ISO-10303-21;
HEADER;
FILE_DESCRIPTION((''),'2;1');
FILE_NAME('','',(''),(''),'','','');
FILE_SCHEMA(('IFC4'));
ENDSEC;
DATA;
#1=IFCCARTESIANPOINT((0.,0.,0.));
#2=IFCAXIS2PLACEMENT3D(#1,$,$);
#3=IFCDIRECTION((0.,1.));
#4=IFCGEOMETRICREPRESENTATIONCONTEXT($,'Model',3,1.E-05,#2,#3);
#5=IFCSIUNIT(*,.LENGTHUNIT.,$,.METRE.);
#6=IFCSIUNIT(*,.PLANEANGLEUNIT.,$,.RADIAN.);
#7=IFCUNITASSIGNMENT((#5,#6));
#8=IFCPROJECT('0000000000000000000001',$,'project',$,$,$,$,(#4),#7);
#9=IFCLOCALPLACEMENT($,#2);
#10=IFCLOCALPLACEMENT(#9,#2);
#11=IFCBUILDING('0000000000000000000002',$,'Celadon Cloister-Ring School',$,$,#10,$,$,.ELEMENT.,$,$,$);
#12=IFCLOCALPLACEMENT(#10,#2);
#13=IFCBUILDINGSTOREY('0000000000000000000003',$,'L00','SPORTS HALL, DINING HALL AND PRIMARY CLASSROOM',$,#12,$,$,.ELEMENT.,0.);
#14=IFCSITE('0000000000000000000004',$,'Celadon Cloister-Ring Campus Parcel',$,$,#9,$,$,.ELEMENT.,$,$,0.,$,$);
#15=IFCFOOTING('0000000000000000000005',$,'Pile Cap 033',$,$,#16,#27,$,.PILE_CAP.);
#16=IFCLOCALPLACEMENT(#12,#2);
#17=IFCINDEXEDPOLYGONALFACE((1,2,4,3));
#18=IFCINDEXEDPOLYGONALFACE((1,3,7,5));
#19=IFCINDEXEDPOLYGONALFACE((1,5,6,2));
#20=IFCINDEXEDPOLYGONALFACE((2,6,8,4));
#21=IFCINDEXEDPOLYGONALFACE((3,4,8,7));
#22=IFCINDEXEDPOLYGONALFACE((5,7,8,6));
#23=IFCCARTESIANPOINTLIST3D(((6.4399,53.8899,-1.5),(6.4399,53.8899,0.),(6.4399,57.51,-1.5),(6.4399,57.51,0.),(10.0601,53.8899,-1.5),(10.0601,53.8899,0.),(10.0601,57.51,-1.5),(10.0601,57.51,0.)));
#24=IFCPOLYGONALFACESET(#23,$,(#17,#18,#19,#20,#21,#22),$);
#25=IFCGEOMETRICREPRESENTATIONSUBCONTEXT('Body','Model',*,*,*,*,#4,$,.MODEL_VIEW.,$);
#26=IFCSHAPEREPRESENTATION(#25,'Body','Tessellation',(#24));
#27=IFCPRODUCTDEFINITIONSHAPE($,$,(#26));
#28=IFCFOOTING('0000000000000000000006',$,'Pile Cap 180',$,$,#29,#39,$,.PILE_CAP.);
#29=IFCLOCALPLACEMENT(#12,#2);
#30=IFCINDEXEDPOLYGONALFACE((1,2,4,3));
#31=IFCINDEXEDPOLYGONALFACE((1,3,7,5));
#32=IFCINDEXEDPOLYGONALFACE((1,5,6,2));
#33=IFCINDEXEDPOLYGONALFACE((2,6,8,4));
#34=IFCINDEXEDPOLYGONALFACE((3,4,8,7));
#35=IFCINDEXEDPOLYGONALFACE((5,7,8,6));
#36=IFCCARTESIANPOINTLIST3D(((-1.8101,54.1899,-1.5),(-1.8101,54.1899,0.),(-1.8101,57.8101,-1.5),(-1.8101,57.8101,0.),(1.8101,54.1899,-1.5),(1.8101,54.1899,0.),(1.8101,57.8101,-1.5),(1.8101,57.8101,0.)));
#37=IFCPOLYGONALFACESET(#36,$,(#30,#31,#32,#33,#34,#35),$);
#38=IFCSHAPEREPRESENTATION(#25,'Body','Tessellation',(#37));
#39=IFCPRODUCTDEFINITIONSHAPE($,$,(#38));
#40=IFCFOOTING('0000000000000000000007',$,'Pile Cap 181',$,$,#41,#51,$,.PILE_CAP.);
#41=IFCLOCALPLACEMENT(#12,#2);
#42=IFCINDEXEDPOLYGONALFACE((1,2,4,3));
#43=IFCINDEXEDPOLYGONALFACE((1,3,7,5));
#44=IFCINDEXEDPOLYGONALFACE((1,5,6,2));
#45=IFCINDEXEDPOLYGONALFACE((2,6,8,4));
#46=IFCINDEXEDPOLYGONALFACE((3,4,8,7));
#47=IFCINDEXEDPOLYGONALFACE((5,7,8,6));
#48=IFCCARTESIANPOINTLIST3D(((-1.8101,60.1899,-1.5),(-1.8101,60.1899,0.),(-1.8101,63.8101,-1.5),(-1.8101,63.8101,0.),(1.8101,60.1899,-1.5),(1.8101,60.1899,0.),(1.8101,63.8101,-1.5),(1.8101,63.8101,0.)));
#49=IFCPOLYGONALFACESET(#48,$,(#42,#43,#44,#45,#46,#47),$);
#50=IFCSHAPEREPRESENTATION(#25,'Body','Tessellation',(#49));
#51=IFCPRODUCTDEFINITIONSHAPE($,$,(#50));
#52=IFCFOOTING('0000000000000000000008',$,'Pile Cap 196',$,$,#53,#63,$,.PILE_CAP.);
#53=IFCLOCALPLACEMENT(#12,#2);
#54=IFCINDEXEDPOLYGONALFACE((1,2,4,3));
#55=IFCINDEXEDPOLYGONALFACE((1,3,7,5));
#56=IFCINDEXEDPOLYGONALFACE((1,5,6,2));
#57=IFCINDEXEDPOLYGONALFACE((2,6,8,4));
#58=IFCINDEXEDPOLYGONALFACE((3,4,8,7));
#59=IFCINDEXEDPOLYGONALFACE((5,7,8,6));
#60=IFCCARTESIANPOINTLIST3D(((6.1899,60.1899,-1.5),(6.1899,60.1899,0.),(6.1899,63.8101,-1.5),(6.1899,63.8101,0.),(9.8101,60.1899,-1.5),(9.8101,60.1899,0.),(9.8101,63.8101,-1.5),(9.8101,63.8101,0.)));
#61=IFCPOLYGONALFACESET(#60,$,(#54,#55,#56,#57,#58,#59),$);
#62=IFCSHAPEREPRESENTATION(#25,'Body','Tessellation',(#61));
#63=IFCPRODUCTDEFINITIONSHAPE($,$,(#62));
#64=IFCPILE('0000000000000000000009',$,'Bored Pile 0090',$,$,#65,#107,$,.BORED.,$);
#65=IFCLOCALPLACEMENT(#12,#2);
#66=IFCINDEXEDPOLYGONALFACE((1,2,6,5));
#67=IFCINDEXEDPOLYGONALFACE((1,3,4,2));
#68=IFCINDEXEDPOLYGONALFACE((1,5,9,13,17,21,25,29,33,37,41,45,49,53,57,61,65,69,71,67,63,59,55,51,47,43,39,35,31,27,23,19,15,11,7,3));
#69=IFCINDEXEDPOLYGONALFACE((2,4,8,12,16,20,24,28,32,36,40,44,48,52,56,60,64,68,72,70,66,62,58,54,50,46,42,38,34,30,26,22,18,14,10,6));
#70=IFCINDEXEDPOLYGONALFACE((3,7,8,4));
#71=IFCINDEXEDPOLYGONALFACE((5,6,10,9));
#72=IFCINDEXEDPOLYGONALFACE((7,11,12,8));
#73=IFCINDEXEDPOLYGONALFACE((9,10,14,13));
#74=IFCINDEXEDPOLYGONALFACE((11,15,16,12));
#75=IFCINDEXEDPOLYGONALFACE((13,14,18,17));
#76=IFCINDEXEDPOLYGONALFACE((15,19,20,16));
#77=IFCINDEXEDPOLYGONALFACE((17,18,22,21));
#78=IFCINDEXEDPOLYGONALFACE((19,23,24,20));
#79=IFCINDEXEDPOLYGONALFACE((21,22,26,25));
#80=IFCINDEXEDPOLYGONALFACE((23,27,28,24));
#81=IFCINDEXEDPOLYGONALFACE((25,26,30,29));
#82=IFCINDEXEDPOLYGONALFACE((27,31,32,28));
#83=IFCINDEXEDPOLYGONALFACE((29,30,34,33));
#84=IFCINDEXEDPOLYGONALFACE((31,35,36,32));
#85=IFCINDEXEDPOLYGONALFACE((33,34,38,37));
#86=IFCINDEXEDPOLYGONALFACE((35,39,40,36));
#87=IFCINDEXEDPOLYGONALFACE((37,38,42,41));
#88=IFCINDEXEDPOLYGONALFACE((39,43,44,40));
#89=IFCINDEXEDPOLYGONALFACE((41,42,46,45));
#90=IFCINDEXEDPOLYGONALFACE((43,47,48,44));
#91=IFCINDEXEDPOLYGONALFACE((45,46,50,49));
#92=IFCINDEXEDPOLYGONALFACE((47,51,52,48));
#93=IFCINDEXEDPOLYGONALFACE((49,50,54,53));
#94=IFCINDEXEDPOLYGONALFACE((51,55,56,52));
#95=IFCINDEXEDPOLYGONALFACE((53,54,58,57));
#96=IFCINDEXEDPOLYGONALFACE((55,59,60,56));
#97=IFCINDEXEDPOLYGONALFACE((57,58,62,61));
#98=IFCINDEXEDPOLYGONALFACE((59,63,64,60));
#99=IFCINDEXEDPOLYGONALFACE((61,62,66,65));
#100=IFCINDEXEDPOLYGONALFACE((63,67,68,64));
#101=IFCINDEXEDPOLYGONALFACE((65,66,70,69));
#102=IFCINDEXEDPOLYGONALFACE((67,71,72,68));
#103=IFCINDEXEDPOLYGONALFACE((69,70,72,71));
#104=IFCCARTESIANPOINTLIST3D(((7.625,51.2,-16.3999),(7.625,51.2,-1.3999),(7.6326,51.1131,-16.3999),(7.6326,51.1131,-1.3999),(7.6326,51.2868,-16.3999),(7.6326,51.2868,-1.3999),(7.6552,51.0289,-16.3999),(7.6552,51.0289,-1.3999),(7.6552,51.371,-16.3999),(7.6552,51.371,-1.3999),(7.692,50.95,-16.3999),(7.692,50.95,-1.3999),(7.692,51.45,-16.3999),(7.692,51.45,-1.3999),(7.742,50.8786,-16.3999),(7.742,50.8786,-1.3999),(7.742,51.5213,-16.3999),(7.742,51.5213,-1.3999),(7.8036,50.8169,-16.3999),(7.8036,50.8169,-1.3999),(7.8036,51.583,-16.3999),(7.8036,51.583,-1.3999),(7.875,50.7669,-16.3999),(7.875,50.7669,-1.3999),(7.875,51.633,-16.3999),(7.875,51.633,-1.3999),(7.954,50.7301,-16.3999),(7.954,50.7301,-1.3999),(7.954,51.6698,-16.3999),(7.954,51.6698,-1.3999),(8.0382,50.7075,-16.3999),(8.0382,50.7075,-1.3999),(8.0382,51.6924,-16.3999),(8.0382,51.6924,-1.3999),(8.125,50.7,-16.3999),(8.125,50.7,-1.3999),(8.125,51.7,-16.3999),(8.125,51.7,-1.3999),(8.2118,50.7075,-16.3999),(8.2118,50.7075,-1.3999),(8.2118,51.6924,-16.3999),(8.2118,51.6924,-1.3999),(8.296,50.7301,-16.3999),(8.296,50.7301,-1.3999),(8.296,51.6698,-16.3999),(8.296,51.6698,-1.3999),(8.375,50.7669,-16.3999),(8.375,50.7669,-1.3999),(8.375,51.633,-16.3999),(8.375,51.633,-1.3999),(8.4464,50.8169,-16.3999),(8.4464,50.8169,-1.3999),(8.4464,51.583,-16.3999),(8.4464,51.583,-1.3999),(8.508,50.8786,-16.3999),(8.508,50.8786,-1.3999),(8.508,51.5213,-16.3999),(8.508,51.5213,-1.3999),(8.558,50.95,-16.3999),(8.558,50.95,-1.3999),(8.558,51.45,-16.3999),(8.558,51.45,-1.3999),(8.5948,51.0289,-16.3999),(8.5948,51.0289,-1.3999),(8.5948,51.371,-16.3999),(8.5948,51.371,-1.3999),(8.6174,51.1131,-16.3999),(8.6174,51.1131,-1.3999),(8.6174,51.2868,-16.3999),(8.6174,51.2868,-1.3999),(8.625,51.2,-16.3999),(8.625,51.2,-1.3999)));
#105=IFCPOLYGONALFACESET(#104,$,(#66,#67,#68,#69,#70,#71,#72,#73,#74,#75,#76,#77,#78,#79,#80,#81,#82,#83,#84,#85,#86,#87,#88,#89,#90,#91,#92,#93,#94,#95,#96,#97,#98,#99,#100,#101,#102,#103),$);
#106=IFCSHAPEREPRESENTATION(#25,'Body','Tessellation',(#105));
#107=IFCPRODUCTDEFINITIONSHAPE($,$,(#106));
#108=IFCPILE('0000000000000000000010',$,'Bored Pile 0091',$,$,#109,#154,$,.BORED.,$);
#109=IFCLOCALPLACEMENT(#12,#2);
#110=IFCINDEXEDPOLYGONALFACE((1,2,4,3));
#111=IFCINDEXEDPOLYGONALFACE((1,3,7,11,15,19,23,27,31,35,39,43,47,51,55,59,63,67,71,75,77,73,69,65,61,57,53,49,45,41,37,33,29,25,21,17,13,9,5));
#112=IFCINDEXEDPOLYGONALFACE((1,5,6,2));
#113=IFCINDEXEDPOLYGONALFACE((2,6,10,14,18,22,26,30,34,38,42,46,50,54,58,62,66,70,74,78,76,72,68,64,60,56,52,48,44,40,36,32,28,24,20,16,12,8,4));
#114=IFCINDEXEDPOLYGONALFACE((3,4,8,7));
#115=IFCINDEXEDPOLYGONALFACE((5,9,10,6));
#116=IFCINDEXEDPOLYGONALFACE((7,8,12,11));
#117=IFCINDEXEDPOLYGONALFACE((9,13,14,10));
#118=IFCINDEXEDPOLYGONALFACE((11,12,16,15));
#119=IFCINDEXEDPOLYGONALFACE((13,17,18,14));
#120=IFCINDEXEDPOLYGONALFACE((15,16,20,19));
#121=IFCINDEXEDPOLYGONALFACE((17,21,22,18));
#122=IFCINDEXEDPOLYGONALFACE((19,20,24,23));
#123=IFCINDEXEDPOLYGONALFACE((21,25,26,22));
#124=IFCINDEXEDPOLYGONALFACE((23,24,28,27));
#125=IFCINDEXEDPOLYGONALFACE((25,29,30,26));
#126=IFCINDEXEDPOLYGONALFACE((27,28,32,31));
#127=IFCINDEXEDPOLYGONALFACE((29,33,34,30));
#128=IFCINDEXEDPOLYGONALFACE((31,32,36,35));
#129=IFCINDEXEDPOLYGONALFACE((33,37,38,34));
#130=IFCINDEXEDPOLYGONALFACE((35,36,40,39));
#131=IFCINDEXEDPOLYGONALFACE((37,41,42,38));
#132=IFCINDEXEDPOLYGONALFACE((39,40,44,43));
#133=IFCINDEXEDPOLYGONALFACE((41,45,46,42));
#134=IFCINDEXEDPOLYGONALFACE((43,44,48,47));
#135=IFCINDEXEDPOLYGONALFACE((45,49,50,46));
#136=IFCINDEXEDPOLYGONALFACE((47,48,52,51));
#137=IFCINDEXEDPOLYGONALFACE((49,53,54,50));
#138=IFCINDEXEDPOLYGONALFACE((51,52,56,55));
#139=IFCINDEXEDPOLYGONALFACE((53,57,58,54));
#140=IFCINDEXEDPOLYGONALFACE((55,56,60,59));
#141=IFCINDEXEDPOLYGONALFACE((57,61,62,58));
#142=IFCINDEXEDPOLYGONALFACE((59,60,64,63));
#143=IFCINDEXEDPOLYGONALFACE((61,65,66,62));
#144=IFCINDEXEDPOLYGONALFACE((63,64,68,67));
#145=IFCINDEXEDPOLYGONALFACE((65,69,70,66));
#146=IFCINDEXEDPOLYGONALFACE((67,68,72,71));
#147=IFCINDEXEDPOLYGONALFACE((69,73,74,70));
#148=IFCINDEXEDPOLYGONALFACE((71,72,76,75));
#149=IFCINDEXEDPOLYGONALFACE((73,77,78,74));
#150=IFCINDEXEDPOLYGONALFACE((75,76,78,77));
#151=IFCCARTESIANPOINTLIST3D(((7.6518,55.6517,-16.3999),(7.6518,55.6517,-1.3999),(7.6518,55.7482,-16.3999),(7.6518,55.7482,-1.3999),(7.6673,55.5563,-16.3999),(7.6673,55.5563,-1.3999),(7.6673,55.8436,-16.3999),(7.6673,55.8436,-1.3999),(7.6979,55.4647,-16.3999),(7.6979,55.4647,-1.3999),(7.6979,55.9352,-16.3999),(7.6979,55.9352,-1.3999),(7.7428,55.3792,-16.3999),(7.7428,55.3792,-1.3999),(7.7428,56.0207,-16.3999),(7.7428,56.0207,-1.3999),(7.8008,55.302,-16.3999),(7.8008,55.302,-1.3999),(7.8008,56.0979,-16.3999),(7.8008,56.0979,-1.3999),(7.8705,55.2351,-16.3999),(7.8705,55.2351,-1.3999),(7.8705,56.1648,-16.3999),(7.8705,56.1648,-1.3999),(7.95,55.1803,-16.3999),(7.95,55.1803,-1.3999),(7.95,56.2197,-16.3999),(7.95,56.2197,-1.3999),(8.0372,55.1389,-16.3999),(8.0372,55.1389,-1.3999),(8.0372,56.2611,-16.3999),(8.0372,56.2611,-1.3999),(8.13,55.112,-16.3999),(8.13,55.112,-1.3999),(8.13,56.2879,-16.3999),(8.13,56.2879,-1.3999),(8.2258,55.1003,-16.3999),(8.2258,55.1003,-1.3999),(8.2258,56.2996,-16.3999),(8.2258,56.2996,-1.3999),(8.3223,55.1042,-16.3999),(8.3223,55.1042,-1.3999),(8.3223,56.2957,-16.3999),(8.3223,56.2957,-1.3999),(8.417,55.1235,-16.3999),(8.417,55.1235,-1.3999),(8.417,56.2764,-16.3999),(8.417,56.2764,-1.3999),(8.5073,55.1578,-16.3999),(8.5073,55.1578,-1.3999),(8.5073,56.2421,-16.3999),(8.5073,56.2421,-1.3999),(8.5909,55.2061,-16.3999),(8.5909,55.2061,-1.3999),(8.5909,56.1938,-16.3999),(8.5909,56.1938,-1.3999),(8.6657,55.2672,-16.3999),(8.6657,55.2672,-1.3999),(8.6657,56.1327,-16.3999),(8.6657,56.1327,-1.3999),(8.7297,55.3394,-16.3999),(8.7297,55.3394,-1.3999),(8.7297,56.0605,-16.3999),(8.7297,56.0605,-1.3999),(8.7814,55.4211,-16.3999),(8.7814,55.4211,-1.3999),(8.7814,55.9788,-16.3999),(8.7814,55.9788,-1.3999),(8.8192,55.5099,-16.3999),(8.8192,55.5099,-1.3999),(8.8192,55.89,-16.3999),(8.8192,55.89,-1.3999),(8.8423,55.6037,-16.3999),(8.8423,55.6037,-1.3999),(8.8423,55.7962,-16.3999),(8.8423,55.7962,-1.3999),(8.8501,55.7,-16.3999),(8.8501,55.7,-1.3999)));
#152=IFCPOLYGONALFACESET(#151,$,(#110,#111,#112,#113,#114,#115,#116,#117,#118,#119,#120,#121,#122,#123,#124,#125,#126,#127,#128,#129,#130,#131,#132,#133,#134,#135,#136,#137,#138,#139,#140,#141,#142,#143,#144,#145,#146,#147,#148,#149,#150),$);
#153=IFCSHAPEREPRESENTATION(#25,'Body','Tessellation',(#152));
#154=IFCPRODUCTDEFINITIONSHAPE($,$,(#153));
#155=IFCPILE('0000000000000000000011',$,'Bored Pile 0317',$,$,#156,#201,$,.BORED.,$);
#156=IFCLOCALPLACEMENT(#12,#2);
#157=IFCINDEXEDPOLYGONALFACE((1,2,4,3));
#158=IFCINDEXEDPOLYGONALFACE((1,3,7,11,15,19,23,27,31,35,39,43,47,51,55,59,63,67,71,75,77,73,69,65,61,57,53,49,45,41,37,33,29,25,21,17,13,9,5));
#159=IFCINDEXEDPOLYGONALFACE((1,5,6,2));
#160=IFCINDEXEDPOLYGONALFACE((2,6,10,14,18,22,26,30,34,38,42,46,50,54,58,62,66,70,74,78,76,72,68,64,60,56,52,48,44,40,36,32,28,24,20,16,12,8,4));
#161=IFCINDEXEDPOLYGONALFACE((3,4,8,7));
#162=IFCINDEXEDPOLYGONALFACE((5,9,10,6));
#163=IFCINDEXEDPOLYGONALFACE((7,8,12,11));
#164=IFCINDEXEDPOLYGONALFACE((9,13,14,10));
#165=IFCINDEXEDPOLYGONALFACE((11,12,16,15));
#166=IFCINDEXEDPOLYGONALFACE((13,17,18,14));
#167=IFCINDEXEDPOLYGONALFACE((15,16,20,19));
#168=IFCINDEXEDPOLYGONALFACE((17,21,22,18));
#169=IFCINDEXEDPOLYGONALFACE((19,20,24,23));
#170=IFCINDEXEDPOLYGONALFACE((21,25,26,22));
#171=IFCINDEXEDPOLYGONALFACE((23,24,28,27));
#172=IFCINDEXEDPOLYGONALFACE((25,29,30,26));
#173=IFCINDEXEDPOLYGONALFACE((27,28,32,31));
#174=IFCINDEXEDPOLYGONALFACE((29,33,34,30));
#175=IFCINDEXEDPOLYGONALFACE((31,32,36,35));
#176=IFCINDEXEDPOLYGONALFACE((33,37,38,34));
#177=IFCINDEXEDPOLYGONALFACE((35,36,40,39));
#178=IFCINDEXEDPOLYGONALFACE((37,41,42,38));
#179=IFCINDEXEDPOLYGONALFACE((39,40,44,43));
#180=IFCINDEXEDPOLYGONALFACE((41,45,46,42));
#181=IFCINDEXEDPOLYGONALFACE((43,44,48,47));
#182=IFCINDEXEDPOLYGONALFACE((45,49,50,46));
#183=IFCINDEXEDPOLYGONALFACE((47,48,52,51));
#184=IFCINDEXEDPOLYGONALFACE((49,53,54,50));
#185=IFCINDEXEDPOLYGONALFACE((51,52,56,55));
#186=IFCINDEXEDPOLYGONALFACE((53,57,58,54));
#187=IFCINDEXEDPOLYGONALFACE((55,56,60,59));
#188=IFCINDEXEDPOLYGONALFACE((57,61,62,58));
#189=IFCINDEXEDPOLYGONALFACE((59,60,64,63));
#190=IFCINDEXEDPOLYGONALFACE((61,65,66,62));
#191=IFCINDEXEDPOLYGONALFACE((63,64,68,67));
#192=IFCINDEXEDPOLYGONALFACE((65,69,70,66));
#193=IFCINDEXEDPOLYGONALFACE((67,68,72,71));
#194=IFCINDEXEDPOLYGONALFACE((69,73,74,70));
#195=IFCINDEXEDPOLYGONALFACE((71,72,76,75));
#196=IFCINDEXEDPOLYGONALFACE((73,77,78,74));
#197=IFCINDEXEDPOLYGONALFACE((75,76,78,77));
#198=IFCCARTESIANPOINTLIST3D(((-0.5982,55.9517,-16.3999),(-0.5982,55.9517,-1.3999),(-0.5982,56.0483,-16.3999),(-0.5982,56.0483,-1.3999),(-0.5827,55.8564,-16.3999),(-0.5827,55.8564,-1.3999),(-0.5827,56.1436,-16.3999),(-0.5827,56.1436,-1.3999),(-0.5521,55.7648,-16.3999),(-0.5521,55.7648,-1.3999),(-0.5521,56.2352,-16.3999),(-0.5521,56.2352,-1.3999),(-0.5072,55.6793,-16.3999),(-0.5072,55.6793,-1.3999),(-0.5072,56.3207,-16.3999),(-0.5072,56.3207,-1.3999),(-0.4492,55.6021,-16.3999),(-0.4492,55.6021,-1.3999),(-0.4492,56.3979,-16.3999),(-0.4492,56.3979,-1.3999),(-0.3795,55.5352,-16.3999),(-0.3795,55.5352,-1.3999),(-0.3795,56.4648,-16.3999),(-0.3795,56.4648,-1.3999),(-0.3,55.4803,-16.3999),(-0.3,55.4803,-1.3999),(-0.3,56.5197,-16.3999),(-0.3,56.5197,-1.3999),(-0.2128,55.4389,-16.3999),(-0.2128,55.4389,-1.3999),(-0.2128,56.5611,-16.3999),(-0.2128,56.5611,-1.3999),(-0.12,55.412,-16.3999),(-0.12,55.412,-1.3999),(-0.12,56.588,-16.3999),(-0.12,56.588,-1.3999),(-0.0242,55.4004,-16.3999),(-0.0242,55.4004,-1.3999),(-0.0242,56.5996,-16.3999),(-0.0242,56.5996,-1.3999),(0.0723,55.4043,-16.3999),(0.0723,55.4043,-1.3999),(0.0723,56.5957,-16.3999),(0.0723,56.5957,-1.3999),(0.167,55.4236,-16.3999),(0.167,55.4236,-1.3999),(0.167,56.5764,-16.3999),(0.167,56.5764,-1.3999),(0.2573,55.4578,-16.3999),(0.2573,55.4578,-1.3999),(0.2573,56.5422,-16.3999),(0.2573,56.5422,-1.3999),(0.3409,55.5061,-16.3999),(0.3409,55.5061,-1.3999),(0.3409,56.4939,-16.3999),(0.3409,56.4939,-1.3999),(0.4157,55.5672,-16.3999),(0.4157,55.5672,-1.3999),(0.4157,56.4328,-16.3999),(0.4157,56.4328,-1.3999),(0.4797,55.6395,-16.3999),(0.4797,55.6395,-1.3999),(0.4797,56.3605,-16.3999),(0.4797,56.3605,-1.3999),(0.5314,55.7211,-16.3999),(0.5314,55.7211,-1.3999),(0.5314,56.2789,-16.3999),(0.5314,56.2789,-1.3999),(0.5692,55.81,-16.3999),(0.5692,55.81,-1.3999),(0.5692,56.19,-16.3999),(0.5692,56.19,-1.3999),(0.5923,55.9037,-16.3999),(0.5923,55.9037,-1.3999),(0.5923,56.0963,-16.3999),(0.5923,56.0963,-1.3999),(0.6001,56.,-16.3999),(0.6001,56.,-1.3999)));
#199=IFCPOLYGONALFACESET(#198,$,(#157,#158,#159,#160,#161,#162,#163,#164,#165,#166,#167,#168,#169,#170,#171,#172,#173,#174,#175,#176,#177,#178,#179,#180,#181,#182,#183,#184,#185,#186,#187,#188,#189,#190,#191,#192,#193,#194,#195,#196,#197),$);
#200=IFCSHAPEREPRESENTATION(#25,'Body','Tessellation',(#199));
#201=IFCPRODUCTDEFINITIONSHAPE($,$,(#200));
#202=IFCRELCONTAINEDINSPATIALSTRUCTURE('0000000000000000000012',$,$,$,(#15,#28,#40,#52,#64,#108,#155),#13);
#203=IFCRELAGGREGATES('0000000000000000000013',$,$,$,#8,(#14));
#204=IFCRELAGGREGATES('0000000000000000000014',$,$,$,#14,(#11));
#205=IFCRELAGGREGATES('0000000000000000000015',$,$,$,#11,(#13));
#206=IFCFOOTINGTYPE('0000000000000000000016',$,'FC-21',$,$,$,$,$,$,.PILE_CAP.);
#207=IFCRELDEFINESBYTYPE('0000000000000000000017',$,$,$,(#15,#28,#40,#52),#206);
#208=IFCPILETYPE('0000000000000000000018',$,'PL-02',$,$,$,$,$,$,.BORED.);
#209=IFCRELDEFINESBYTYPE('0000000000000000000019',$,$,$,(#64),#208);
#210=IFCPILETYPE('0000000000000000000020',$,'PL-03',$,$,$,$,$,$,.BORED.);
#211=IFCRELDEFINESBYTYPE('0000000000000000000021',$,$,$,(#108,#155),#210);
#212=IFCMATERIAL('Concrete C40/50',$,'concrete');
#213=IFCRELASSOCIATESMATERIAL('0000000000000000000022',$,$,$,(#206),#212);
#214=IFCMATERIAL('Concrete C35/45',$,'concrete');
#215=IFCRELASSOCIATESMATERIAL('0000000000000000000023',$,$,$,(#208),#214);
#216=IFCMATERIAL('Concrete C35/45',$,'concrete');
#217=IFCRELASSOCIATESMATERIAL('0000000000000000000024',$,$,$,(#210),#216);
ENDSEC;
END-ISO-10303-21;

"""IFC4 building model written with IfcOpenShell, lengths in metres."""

from ifc_helpers import new_model, si_unit, direction, frame, origin, origin_2d, place, context, subcontext, project, spatial, rectangle, circle, extrude, material, material_profile, profile_set, type_object, element, save


model = new_model("IFC4")

# Units and contexts
model_context = context("Model", 3, precision=1e-05, world=origin(), true_north=direction((0.0, 1.0)))
body_context = subcontext(model_context, "Body", "Model", "MODEL_VIEW")
ifc_project = project(units=[si_unit("LENGTHUNIT", "METRE"), si_unit("PLANEANGLEUNIT", "RADIAN")], contexts=[model_context])

# Site, building, storey
site_placement = place(None, origin())
site = spatial("IfcSite", under=ifc_project, at=site_placement, Name="Celadon Cloister-Ring Campus Parcel", CompositionType="ELEMENT", RefElevation=0.0)
building_placement = place(site_placement, origin())
building = spatial("IfcBuilding", under=site, at=building_placement, Name="Celadon Cloister-Ring School", CompositionType="ELEMENT")
storey_placement = place(building_placement, origin())
storey = spatial("IfcBuildingStorey", under=building, at=storey_placement, Name="L00", Description="SPORTS HALL, DINING HALL AND PRIMARY CLASSROOM", CompositionType="ELEMENT", Elevation=0.0)

# Footings
ifc_material_1 = material(Name="Concrete C40/50", Category="concrete")
footing_type = type_object("IfcFootingType", Name="FC-21", PredefinedType="PILE_CAP", material=ifc_material_1)
for number, where, z_axis, x_axis, name in (
    (1, (8.25, 55.7, -1.5), (0.0, 0.0, 1.0), (1.0, 0.0, 0.0), "Pile Cap 033"),
    (2, (0.0, 56.0, -1.5), (0.0, 0.0, 1.0), (1.0, 0.0, 0.0), "Pile Cap 180"),
    (3, (0.0, 62.0, -1.5), (0.0, 0.0, 1.0), (1.0, 0.0, 0.0), "Pile Cap 181"),
    (4, (8.0, 62.0, -1.5), (0.0, 0.0, 1.0), (1.0, 0.0, 0.0), "Pile Cap 196"),
):
    element("IfcFooting", number, at=place(storey_placement, frame(where, z_axis=z_axis, x_axis=x_axis)), inside=storey, type_object=footing_type, Name=name, PredefinedType="PILE_CAP", context=body_context, shape_type="SweptSolid", body=[
        extrude(rectangle(XDim=3.6201, YDim=3.6201, at=origin_2d()), origin(), (0.0, 0.0, 1.0), 1.5),
    ])

# Piles
ifc_material_2 = material(Name="Concrete C35/45", Category="concrete")
ifc_material_profile_1 = material_profile(ifc_material_2, circle(Radius=0.5, at=origin_2d()), Name="PILE1000")
ifc_profile_set_1 = profile_set([ifc_material_profile_1], Name="Concrete C35/45")
pile_type_1 = type_object("IfcPileType", Name="PL-02", PredefinedType="BORED", material=ifc_profile_set_1)
pile_placement = place(storey_placement, frame((8.125, 51.2, -1.3999), z_axis=(0.0, 0.0, -1.0), x_axis=(1.0, 0.0, 0.0)))
element("IfcPile", 5, at=pile_placement, inside=storey, type_object=pile_type_1, Name="Bored Pile 0090", PredefinedType="BORED", context=body_context, shape_type="SweptSolid", body=[
    extrude(circle(Radius=0.5, at=origin_2d()), origin(), (0.0, 0.0, 1.0), 15.0),
])
ifc_material_3 = material(Name="Concrete C35/45", Category="concrete")
ifc_material_profile_2 = material_profile(ifc_material_3, circle(Radius=0.6001, at=origin_2d()), Name="PILE1200")
ifc_profile_set_2 = profile_set([ifc_material_profile_2], Name="Concrete C35/45")
pile_type_2 = type_object("IfcPileType", Name="PL-03", PredefinedType="BORED", material=ifc_profile_set_2)
for number, where, z_axis, x_axis, name in (
    (6, (8.25, 55.7, -1.3999), (0.0, 0.0, -1.0), (1.0, 0.0, 0.0), "Bored Pile 0091"),
    (7, (0.0, 56.0, -1.3999), (0.0, 0.0, -1.0), (1.0, 0.0, 0.0), "Bored Pile 0317"),
):
    element("IfcPile", number, at=place(storey_placement, frame(where, z_axis=z_axis, x_axis=x_axis)), inside=storey, type_object=pile_type_2, Name=name, PredefinedType="BORED", context=body_context, shape_type="SweptSolid", body=[
        extrude(circle(Radius=0.6001, at=origin_2d()), origin(), (0.0, 0.0, 1.0), 15.0),
    ])

save(model, "model.ifc")
